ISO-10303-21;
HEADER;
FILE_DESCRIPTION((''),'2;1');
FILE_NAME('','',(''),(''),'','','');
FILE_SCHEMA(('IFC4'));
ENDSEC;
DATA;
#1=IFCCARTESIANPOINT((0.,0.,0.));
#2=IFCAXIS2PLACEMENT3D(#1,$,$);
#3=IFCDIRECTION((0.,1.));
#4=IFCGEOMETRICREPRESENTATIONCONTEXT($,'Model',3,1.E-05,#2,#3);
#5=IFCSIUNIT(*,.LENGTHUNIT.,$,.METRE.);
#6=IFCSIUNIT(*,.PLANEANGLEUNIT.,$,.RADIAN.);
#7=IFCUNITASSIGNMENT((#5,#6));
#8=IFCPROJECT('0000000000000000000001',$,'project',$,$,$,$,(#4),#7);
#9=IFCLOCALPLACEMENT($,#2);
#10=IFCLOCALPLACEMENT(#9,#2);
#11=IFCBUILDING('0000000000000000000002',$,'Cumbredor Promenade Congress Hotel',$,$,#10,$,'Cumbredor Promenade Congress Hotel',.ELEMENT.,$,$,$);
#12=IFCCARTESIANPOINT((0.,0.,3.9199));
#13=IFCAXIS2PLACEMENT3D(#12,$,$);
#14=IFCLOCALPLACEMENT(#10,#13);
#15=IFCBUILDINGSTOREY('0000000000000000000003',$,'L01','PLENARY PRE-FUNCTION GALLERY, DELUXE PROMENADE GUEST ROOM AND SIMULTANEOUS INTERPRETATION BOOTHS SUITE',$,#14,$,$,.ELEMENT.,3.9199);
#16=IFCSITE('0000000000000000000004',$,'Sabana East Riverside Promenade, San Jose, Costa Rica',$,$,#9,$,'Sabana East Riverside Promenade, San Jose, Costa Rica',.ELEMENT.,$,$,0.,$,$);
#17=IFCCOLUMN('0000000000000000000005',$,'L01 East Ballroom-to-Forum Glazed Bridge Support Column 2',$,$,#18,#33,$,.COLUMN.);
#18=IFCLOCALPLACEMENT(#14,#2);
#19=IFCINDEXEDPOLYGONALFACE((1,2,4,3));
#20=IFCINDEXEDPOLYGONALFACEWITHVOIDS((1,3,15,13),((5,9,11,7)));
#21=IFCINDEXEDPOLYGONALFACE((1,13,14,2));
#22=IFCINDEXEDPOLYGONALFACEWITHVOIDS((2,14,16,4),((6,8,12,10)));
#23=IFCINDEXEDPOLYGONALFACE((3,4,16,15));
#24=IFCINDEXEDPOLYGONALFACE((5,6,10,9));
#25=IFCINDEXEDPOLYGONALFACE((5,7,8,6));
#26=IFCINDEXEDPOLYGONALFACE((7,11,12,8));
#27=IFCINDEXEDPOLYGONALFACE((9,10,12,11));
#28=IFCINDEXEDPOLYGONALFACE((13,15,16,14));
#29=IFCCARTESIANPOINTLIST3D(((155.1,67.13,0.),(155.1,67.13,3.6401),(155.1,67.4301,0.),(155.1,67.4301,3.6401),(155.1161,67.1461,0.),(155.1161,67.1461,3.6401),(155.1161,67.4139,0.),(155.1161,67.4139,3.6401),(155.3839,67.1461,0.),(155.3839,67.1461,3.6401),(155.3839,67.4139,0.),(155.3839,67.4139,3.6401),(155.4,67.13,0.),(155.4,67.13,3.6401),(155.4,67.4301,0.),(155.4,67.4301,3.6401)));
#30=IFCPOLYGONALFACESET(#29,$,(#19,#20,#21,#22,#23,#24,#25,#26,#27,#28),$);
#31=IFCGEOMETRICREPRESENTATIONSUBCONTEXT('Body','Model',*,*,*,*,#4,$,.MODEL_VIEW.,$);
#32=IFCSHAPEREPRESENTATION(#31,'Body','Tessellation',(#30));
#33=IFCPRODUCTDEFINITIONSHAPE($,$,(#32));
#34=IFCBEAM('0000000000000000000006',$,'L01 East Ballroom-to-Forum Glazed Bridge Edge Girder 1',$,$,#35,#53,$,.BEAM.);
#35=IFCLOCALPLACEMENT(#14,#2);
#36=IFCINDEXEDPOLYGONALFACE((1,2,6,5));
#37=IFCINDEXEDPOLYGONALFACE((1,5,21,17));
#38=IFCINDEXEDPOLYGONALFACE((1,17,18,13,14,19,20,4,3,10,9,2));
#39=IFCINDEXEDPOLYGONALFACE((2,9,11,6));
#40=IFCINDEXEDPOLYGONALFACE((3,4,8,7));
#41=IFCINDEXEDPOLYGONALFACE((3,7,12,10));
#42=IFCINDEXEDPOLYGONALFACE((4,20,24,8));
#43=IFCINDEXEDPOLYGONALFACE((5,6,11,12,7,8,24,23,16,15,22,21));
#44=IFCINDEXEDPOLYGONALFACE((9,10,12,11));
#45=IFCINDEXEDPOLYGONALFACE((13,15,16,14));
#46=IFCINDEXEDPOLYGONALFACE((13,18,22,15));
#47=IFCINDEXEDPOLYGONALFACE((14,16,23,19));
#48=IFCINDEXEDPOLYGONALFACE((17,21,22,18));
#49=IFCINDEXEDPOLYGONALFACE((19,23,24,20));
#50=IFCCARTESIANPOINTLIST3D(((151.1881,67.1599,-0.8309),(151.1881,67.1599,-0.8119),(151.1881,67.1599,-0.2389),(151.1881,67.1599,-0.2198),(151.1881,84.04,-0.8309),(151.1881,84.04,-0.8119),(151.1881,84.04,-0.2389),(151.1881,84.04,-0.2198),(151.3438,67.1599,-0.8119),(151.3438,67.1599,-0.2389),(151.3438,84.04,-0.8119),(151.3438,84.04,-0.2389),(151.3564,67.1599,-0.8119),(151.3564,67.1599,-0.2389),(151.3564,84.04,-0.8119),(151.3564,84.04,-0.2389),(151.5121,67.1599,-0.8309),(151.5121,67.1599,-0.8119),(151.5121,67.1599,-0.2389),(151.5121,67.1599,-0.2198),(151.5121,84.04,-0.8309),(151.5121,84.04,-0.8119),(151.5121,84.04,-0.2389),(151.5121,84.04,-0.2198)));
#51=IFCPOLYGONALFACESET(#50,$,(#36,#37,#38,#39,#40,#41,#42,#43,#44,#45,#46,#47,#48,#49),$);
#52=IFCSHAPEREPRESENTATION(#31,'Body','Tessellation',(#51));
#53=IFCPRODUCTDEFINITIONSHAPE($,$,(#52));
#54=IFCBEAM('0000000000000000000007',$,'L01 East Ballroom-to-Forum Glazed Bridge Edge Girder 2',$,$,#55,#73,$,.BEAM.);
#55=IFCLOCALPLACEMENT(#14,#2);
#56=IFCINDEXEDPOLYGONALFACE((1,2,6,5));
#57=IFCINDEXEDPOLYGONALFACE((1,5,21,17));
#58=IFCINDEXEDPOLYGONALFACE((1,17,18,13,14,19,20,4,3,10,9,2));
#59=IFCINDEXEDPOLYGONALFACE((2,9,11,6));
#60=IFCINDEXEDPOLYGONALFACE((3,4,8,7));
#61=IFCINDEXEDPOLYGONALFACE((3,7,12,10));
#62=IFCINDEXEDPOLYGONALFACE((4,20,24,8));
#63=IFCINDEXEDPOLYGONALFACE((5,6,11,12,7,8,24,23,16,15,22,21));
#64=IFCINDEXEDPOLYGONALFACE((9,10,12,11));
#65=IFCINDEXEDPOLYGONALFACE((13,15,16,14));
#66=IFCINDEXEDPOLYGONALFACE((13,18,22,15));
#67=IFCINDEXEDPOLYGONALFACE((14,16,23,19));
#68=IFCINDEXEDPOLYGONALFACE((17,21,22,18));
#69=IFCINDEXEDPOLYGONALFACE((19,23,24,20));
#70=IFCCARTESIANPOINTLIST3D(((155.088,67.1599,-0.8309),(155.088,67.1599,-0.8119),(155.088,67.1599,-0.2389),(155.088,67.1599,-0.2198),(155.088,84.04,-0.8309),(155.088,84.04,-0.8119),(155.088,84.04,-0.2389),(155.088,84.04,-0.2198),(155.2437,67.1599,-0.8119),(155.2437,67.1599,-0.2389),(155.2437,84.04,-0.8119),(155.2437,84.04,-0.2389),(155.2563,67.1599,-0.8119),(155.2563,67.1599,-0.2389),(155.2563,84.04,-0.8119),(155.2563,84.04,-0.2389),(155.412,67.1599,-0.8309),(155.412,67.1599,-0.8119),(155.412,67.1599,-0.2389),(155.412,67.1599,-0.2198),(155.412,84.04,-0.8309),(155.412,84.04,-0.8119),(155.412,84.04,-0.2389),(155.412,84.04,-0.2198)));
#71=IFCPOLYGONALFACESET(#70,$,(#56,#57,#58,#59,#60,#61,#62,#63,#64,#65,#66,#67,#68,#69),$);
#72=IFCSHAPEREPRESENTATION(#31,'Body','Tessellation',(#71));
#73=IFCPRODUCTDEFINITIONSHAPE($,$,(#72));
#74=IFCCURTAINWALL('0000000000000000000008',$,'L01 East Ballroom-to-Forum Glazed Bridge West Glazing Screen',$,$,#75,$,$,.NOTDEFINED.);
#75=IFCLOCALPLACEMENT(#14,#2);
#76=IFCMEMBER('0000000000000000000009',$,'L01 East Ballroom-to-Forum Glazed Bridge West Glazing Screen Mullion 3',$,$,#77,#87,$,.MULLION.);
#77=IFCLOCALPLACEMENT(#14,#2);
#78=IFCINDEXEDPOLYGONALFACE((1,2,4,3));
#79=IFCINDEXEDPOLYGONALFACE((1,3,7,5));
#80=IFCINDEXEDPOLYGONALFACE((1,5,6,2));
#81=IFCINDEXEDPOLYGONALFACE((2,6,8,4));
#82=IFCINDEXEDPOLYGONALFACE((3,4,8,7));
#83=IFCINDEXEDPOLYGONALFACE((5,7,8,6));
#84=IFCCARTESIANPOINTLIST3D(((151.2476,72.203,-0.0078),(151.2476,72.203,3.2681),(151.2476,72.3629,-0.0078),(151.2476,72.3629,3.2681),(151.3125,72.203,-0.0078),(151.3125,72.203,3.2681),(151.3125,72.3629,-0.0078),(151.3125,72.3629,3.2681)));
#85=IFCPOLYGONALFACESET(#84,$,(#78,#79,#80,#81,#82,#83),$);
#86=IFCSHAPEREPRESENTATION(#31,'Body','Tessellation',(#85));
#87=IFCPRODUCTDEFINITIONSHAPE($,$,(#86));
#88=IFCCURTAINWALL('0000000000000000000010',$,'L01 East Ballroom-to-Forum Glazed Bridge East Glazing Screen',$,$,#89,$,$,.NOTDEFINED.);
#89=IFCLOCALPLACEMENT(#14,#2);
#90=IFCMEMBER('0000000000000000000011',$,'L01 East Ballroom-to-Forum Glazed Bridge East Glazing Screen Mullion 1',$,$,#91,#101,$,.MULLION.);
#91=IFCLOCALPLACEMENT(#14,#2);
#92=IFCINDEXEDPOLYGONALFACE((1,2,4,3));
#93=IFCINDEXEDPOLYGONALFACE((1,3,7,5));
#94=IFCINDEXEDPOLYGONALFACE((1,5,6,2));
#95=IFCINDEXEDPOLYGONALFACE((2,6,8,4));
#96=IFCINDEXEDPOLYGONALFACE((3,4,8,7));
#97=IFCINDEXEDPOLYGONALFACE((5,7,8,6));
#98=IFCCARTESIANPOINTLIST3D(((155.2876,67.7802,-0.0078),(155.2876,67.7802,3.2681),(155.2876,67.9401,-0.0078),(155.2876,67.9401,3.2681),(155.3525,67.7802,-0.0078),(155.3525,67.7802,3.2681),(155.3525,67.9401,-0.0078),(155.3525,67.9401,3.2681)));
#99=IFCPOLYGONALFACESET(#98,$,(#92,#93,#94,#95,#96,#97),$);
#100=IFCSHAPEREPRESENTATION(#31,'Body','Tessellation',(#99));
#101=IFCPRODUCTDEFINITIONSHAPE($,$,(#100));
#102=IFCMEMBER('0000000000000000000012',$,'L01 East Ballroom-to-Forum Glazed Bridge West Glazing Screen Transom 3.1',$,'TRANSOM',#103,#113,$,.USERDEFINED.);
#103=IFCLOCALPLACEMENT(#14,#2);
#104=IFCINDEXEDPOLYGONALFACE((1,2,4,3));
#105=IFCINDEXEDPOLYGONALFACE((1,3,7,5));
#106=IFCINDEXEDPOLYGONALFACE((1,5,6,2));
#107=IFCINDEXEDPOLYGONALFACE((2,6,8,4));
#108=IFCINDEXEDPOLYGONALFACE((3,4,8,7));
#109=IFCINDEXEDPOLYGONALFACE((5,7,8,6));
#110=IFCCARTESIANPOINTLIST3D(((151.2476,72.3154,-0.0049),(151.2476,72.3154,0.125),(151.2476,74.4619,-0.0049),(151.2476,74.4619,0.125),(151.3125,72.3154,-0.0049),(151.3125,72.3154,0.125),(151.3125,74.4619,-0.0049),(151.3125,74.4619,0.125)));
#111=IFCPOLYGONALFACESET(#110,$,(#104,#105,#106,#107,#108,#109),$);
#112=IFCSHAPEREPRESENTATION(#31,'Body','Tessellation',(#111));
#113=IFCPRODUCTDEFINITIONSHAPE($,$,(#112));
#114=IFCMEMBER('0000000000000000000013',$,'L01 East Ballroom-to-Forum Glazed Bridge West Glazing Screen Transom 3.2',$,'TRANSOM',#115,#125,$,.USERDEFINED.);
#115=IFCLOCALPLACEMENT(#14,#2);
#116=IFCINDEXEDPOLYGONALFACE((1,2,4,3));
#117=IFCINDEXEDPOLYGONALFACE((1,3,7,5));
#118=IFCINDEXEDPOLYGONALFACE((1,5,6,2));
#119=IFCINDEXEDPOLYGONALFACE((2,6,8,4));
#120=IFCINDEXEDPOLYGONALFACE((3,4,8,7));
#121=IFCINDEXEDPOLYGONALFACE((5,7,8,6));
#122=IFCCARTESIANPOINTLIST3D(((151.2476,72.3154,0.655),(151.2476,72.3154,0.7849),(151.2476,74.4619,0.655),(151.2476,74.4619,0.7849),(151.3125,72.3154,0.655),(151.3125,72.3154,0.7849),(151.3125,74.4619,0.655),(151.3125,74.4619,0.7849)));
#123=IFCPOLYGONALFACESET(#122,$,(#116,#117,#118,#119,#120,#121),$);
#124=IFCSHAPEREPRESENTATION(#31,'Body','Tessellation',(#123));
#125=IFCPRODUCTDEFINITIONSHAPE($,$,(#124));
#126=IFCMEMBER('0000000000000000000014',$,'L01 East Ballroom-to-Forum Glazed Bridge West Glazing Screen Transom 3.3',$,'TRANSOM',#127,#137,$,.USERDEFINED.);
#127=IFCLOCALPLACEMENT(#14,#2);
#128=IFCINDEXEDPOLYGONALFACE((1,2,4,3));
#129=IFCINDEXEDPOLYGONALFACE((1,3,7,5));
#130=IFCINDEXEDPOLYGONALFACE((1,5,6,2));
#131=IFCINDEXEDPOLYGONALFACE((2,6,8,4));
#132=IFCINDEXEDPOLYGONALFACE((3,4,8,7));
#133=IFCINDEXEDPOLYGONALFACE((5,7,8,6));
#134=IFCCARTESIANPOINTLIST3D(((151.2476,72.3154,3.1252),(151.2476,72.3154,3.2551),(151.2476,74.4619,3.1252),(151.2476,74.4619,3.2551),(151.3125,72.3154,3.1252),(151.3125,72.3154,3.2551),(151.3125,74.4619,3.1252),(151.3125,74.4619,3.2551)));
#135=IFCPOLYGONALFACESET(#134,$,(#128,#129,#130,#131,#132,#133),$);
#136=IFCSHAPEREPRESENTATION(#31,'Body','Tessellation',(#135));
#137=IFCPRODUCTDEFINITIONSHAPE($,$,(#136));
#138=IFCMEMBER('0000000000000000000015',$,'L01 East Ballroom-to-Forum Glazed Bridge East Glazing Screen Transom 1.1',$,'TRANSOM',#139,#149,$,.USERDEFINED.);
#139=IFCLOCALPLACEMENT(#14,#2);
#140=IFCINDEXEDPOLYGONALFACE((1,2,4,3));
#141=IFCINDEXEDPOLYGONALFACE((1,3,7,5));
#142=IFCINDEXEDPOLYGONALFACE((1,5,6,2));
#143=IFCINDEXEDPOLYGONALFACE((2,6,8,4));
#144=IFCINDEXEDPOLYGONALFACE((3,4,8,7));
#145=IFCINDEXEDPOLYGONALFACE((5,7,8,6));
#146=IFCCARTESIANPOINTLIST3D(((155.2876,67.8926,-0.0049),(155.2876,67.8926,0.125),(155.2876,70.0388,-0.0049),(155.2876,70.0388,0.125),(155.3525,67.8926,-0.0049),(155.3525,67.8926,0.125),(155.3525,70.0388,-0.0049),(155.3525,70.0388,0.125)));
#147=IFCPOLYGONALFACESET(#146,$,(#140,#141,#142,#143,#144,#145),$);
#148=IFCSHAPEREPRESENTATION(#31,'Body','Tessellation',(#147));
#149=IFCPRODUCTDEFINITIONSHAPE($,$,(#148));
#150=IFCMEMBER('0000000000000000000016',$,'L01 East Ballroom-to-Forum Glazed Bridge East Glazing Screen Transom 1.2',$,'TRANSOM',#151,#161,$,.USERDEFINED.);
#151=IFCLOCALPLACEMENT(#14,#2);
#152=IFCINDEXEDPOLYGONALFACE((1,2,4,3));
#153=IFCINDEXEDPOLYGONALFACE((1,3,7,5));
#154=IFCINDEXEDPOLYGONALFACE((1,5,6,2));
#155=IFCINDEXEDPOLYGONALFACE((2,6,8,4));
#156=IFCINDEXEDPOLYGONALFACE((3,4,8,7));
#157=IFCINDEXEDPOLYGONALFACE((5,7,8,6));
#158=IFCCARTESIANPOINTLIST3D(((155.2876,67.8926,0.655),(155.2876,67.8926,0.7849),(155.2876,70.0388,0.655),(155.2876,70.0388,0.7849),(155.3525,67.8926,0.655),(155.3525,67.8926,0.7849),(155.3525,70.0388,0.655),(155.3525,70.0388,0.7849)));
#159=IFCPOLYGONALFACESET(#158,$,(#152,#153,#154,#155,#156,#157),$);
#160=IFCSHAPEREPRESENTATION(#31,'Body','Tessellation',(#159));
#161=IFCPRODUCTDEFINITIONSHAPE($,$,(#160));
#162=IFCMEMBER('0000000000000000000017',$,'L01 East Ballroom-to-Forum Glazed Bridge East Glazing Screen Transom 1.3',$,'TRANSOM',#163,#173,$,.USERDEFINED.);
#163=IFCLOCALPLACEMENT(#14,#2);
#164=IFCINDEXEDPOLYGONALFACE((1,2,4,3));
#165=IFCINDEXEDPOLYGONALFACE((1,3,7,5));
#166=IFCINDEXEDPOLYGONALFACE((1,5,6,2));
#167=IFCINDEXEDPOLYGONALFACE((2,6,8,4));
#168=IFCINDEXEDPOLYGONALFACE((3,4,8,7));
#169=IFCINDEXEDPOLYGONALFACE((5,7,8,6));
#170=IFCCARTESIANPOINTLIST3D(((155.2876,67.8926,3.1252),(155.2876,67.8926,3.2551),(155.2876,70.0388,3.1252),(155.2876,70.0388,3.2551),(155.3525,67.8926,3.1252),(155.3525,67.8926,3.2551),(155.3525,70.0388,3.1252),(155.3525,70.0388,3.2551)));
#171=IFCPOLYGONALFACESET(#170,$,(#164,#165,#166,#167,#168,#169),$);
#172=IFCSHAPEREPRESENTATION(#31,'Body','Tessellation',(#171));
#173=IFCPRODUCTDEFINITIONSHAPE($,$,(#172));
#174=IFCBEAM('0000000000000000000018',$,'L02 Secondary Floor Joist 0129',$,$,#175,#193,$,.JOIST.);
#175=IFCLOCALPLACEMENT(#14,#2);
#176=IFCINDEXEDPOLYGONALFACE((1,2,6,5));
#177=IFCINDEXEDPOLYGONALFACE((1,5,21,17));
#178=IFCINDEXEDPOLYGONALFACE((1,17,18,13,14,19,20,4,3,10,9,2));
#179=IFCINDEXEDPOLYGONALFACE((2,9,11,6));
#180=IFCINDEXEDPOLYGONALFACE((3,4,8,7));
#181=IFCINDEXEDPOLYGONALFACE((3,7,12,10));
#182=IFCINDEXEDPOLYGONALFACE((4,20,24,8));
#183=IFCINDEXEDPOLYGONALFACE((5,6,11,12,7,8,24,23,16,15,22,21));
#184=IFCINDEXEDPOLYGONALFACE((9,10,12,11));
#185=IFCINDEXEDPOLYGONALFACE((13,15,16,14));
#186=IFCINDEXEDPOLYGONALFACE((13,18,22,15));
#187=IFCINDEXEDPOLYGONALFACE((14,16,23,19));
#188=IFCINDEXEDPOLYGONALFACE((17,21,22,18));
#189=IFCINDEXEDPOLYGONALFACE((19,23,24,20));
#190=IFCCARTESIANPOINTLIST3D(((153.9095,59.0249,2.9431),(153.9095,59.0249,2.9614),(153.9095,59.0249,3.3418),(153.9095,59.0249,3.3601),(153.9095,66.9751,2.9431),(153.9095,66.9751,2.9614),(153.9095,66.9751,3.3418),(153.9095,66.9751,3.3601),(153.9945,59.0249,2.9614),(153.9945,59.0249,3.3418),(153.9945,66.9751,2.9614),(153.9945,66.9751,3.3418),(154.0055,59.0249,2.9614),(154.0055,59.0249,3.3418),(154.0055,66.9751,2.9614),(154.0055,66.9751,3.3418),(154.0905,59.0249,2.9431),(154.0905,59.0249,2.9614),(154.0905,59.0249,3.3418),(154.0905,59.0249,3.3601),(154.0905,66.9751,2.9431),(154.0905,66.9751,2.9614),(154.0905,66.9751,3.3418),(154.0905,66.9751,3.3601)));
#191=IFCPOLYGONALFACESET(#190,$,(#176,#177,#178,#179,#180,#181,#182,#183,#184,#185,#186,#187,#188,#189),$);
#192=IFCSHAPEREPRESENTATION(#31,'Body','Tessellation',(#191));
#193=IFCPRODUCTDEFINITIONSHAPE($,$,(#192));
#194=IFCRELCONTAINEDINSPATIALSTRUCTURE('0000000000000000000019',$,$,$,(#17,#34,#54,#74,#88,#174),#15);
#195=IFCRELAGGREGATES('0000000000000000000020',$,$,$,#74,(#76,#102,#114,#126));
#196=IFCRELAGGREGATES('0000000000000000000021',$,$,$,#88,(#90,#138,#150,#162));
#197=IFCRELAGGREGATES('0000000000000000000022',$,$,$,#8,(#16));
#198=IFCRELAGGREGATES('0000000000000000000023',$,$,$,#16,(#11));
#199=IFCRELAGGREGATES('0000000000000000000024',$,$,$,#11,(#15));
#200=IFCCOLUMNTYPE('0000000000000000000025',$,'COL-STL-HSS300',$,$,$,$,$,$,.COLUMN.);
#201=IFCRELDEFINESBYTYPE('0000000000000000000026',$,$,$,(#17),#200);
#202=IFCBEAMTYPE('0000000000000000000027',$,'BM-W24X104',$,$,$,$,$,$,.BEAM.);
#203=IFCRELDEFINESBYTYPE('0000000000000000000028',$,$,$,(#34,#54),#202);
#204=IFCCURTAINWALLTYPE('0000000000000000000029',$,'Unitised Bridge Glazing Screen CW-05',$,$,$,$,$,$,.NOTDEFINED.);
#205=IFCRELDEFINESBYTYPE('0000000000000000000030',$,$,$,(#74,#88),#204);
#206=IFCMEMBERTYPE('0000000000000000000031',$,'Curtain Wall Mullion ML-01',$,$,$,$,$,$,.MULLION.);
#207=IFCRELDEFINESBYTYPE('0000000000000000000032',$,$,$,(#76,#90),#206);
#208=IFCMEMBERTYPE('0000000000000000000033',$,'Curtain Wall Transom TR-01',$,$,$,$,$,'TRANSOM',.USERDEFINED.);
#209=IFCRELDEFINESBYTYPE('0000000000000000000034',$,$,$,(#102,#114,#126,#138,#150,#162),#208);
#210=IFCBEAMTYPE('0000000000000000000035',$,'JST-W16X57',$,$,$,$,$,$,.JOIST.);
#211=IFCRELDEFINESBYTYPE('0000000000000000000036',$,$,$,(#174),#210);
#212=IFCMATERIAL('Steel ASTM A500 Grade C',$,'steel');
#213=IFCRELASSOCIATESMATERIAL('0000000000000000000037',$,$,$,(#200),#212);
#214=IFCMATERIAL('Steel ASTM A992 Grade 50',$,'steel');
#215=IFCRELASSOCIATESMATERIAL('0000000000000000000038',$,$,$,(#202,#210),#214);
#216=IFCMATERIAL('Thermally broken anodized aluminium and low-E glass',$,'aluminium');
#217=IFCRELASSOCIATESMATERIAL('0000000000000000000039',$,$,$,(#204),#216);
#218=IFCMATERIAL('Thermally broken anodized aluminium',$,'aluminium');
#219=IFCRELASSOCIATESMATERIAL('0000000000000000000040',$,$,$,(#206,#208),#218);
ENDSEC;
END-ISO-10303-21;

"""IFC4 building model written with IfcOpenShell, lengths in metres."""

from ifc_helpers import new_model, si_unit, direction, frame, origin, origin_2d, place, context, subcontext, project, spatial, rectangle, hollow_rectangle, i_section, extrude, material, material_profile, profile_set, type_object, element, aggregate, save


model = new_model("IFC4")

# Units and contexts
model_context = context("Model", 3, precision=1e-05, world=origin(), true_north=direction((0.0, 1.0)))
body_context = subcontext(model_context, "Body", "Model", "MODEL_VIEW")
ifc_project = project(units=[si_unit("LENGTHUNIT", "METRE"), si_unit("PLANEANGLEUNIT", "RADIAN")], contexts=[model_context])

# Site, building, storey
site_placement = place(None, origin())
site = spatial("IfcSite", under=ifc_project, at=site_placement, Name="Sabana East Riverside Promenade, San Jose, Costa Rica", LongName="Sabana East Riverside Promenade, San Jose, Costa Rica", CompositionType="ELEMENT", RefElevation=0.0)
building_placement = place(site_placement, origin())
building = spatial("IfcBuilding", under=site, at=building_placement, Name="Cumbredor Promenade Congress Hotel", LongName="Cumbredor Promenade Congress Hotel", CompositionType="ELEMENT")
storey_placement = place(building_placement, frame((0.0, 0.0, 3.9199)))
storey = spatial("IfcBuildingStorey", under=building, at=storey_placement, Name="L01", Description="PLENARY PRE-FUNCTION GALLERY, DELUXE PROMENADE GUEST ROOM AND SIMULTANEOUS INTERPRETATION BOOTHS SUITE", CompositionType="ELEMENT", Elevation=3.9199)

# Column
ifc_material_1 = material(Name="Steel ASTM A500 Grade C", Category="steel")
ifc_material_profile_1 = material_profile(ifc_material_1, hollow_rectangle(XDim=0.3, YDim=0.3, WallThickness=0.0161, at=origin_2d()), Name="HSS 300x300x16")
ifc_profile_set_1 = profile_set([ifc_material_profile_1], Name="Steel ASTM A500 Grade C")
column_type = type_object("IfcColumnType", Name="COL-STL-HSS300", PredefinedType="COLUMN", material=ifc_profile_set_1)
column_placement = place(storey_placement, frame((155.25, 67.28, 0.0), z_axis=(0.0, 0.0, 1.0), x_axis=(1.0, 0.0, 0.0)))
element("IfcColumn", 1, at=column_placement, inside=storey, type_object=column_type, Name="L01 East Ballroom-to-Forum Glazed Bridge Support Column 2", PredefinedType="COLUMN", context=body_context, shape_type="SweptSolid", body=[
    extrude(hollow_rectangle(XDim=0.3, YDim=0.3, WallThickness=0.0161, at=origin_2d()), origin(), (0.0, 0.0, 1.0), 3.6401),
])

# Beams
ifc_material_2 = material(Name="Steel ASTM A992 Grade 50", Category="steel")
ifc_material_profile_2 = material_profile(ifc_material_2, i_section(OverallWidth=0.324, OverallDepth=0.6111, WebThickness=0.0127, FlangeThickness=0.019, at=origin_2d()), Name="W24X104")
ifc_profile_set_2 = profile_set([ifc_material_profile_2], Name="Steel ASTM A992 Grade 50")
beam_type_1 = type_object("IfcBeamType", Name="BM-W24X104", PredefinedType="BEAM", material=ifc_profile_set_2)
for number, where, z_axis, x_axis, name in (
    (2, (151.3501, 67.1599, -0.5254), (0.0, 1.0, 0.0), (-1.0, 0.0, 0.0), "L01 East Ballroom-to-Forum Glazed Bridge Edge Girder 1"),
    (3, (155.25, 67.1599, -0.5254), (0.0, 1.0, 0.0), (-1.0, 0.0, 0.0), "L01 East Ballroom-to-Forum Glazed Bridge Edge Girder 2"),
):
    element("IfcBeam", number, at=place(storey_placement, frame(where, z_axis=z_axis, x_axis=x_axis)), inside=storey, type_object=beam_type_1, Name=name, PredefinedType="BEAM", context=body_context, shape_type="SweptSolid", body=[
        extrude(i_section(OverallWidth=0.324, OverallDepth=0.6111, WebThickness=0.0127, FlangeThickness=0.019, at=origin_2d()), origin(), (0.0, 0.0, 1.0), 16.8801),
    ])

# Curtain walls, members
ifc_material_3 = material(Name="Thermally broken anodized aluminium and low-E glass", Category="aluminium")
curtain_wall_type = type_object("IfcCurtainWallType", Name="Unitised Bridge Glazing Screen CW-05", PredefinedType="NOTDEFINED", material=ifc_material_3)
curtain_wall_1_placement = place(storey_placement, origin())
curtain_wall_1 = element("IfcCurtainWall", 4, at=curtain_wall_1_placement, inside=storey, type_object=curtain_wall_type, Name="L01 East Ballroom-to-Forum Glazed Bridge West Glazing Screen", PredefinedType="NOTDEFINED")
ifc_material_4 = material(Name="Thermally broken anodized aluminium", Category="aluminium")
ifc_material_profile_3 = material_profile(ifc_material_4, rectangle(XDim=0.0649, YDim=0.1599, at=origin_2d()), Name="ALU MULLION 65x160")
ifc_profile_set_3 = profile_set([ifc_material_profile_3], Name="Thermally broken anodized aluminium")
member_type_1 = type_object("IfcMemberType", Name="Curtain Wall Mullion ML-01", PredefinedType="MULLION", material=ifc_profile_set_3)
member_1_placement = place(storey_placement, frame((151.28, 72.283, -0.0078), z_axis=(0.0, 0.0, 1.0), x_axis=(1.0, 0.0, 0.0)))
member_1 = element("IfcMember", 5, at=member_1_placement, type_object=member_type_1, Name="L01 East Ballroom-to-Forum Glazed Bridge West Glazing Screen Mullion 3", PredefinedType="MULLION", context=body_context, shape_type="SweptSolid", body=[
    extrude(rectangle(XDim=0.0649, YDim=0.1599, at=origin_2d()), origin(), (0.0, 0.0, 1.0), 3.2759),
])
curtain_wall_2_placement = place(storey_placement, origin())
curtain_wall_2 = element("IfcCurtainWall", 6, at=curtain_wall_2_placement, inside=storey, type_object=curtain_wall_type, Name="L01 East Ballroom-to-Forum Glazed Bridge East Glazing Screen", PredefinedType="NOTDEFINED")
member_2_placement = place(storey_placement, frame((155.3201, 67.8601, -0.0078), z_axis=(0.0, 0.0, 1.0), x_axis=(1.0, 0.0, 0.0)))
member_2 = element("IfcMember", 7, at=member_2_placement, type_object=member_type_1, Name="L01 East Ballroom-to-Forum Glazed Bridge East Glazing Screen Mullion 1", PredefinedType="MULLION", context=body_context, shape_type="SweptSolid", body=[
    extrude(rectangle(XDim=0.0649, YDim=0.1599, at=origin_2d()), origin(), (0.0, 0.0, 1.0), 3.2759),
])

# Members
ifc_material_profile_4 = material_profile(ifc_material_4, rectangle(XDim=0.0649, YDim=0.1299, at=origin_2d()), Name="ALU TRANSOM 65x130")
ifc_profile_set_4 = profile_set([ifc_material_profile_4], Name="Thermally broken anodized aluminium")
member_type_2 = type_object("IfcMemberType", Name="Curtain Wall Transom TR-01", ElementType="TRANSOM", PredefinedType="USERDEFINED", material=ifc_profile_set_4)
member_3_placement = place(storey_placement, frame((151.28, 72.3154, 0.0601), z_axis=(0.0, 1.0, 0.0), x_axis=(-1.0, 0.0, 0.0)))
member_3 = element("IfcMember", 8, at=member_3_placement, type_object=member_type_2, Name="L01 East Ballroom-to-Forum Glazed Bridge West Glazing Screen Transom 3.1", ObjectType="TRANSOM", PredefinedType="USERDEFINED", context=body_context, shape_type="SweptSolid", body=[
    extrude(rectangle(XDim=0.0649, YDim=0.1299, at=origin_2d()), origin(), (0.0, 0.0, 1.0), 2.1465),
])
member_4_placement = place(storey_placement, frame((151.28, 72.3154, 0.72), z_axis=(0.0, 1.0, 0.0), x_axis=(-1.0, 0.0, 0.0)))
member_4 = element("IfcMember", 9, at=member_4_placement, type_object=member_type_2, Name="L01 East Ballroom-to-Forum Glazed Bridge West Glazing Screen Transom 3.2", ObjectType="TRANSOM", PredefinedType="USERDEFINED", context=body_context, shape_type="SweptSolid", body=[
    extrude(rectangle(XDim=0.0649, YDim=0.1299, at=origin_2d()), origin(), (0.0, 0.0, 1.0), 2.1465),
])
member_5_placement = place(storey_placement, frame((151.28, 72.3154, 3.1902), z_axis=(0.0, 1.0, 0.0), x_axis=(-1.0, 0.0, 0.0)))
member_5 = element("IfcMember", 10, at=member_5_placement, type_object=member_type_2, Name="L01 East Ballroom-to-Forum Glazed Bridge West Glazing Screen Transom 3.3", ObjectType="TRANSOM", PredefinedType="USERDEFINED", context=body_context, shape_type="SweptSolid", body=[
    extrude(rectangle(XDim=0.0649, YDim=0.1299, at=origin_2d()), origin(), (0.0, 0.0, 1.0), 2.1465),
])
aggregate(curtain_wall_1, [member_1, member_3, member_4, member_5])
member_6_placement = place(storey_placement, frame((155.3201, 67.8926, 0.0601), z_axis=(0.0, 1.0, 0.0), x_axis=(-1.0, 0.0, 0.0)))
member_6 = element("IfcMember", 11, at=member_6_placement, type_object=member_type_2, Name="L01 East Ballroom-to-Forum Glazed Bridge East Glazing Screen Transom 1.1", ObjectType="TRANSOM", PredefinedType="USERDEFINED", context=body_context, shape_type="SweptSolid", body=[
    extrude(rectangle(XDim=0.0649, YDim=0.1299, at=origin_2d()), origin(), (0.0, 0.0, 1.0), 2.1462),
])
member_7_placement = place(storey_placement, frame((155.3201, 67.8926, 0.72), z_axis=(0.0, 1.0, 0.0), x_axis=(-1.0, 0.0, 0.0)))
member_7 = element("IfcMember", 12, at=member_7_placement, type_object=member_type_2, Name="L01 East Ballroom-to-Forum Glazed Bridge East Glazing Screen Transom 1.2", ObjectType="TRANSOM", PredefinedType="USERDEFINED", context=body_context, shape_type="SweptSolid", body=[
    extrude(rectangle(XDim=0.0649, YDim=0.1299, at=origin_2d()), origin(), (0.0, 0.0, 1.0), 2.1462),
])
member_8_placement = place(storey_placement, frame((155.3201, 67.8926, 3.1902), z_axis=(0.0, 1.0, 0.0), x_axis=(-1.0, 0.0, 0.0)))
member_8 = element("IfcMember", 13, at=member_8_placement, type_object=member_type_2, Name="L01 East Ballroom-to-Forum Glazed Bridge East Glazing Screen Transom 1.3", ObjectType="TRANSOM", PredefinedType="USERDEFINED", context=body_context, shape_type="SweptSolid", body=[
    extrude(rectangle(XDim=0.0649, YDim=0.1299, at=origin_2d()), origin(), (0.0, 0.0, 1.0), 2.1462),
])

# Beam
ifc_material_profile_5 = material_profile(ifc_material_2, i_section(OverallWidth=0.1809, OverallDepth=0.417, WebThickness=0.011, FlangeThickness=0.0183, at=origin_2d()), Name="W16X57")
ifc_profile_set_5 = profile_set([ifc_material_profile_5], Name="Steel ASTM A992 Grade 50")
beam_type_2 = type_object("IfcBeamType", Name="JST-W16X57", PredefinedType="JOIST", material=ifc_profile_set_5)
beam_placement = place(storey_placement, frame((154.0, 59.0249, 3.1516), z_axis=(0.0, 1.0, 0.0), x_axis=(-1.0, 0.0, 0.0)))
element("IfcBeam", 14, at=beam_placement, inside=storey, type_object=beam_type_2, Name="L02 Secondary Floor Joist 0129", PredefinedType="JOIST", context=body_context, shape_type="SweptSolid", body=[
    extrude(i_section(OverallWidth=0.1809, OverallDepth=0.417, WebThickness=0.011, FlangeThickness=0.0183, at=origin_2d()), origin(), (0.0, 0.0, 1.0), 7.9502),
])

aggregate(curtain_wall_2, [member_2, member_6, member_7, member_8])

save(model, "model.ifc")
